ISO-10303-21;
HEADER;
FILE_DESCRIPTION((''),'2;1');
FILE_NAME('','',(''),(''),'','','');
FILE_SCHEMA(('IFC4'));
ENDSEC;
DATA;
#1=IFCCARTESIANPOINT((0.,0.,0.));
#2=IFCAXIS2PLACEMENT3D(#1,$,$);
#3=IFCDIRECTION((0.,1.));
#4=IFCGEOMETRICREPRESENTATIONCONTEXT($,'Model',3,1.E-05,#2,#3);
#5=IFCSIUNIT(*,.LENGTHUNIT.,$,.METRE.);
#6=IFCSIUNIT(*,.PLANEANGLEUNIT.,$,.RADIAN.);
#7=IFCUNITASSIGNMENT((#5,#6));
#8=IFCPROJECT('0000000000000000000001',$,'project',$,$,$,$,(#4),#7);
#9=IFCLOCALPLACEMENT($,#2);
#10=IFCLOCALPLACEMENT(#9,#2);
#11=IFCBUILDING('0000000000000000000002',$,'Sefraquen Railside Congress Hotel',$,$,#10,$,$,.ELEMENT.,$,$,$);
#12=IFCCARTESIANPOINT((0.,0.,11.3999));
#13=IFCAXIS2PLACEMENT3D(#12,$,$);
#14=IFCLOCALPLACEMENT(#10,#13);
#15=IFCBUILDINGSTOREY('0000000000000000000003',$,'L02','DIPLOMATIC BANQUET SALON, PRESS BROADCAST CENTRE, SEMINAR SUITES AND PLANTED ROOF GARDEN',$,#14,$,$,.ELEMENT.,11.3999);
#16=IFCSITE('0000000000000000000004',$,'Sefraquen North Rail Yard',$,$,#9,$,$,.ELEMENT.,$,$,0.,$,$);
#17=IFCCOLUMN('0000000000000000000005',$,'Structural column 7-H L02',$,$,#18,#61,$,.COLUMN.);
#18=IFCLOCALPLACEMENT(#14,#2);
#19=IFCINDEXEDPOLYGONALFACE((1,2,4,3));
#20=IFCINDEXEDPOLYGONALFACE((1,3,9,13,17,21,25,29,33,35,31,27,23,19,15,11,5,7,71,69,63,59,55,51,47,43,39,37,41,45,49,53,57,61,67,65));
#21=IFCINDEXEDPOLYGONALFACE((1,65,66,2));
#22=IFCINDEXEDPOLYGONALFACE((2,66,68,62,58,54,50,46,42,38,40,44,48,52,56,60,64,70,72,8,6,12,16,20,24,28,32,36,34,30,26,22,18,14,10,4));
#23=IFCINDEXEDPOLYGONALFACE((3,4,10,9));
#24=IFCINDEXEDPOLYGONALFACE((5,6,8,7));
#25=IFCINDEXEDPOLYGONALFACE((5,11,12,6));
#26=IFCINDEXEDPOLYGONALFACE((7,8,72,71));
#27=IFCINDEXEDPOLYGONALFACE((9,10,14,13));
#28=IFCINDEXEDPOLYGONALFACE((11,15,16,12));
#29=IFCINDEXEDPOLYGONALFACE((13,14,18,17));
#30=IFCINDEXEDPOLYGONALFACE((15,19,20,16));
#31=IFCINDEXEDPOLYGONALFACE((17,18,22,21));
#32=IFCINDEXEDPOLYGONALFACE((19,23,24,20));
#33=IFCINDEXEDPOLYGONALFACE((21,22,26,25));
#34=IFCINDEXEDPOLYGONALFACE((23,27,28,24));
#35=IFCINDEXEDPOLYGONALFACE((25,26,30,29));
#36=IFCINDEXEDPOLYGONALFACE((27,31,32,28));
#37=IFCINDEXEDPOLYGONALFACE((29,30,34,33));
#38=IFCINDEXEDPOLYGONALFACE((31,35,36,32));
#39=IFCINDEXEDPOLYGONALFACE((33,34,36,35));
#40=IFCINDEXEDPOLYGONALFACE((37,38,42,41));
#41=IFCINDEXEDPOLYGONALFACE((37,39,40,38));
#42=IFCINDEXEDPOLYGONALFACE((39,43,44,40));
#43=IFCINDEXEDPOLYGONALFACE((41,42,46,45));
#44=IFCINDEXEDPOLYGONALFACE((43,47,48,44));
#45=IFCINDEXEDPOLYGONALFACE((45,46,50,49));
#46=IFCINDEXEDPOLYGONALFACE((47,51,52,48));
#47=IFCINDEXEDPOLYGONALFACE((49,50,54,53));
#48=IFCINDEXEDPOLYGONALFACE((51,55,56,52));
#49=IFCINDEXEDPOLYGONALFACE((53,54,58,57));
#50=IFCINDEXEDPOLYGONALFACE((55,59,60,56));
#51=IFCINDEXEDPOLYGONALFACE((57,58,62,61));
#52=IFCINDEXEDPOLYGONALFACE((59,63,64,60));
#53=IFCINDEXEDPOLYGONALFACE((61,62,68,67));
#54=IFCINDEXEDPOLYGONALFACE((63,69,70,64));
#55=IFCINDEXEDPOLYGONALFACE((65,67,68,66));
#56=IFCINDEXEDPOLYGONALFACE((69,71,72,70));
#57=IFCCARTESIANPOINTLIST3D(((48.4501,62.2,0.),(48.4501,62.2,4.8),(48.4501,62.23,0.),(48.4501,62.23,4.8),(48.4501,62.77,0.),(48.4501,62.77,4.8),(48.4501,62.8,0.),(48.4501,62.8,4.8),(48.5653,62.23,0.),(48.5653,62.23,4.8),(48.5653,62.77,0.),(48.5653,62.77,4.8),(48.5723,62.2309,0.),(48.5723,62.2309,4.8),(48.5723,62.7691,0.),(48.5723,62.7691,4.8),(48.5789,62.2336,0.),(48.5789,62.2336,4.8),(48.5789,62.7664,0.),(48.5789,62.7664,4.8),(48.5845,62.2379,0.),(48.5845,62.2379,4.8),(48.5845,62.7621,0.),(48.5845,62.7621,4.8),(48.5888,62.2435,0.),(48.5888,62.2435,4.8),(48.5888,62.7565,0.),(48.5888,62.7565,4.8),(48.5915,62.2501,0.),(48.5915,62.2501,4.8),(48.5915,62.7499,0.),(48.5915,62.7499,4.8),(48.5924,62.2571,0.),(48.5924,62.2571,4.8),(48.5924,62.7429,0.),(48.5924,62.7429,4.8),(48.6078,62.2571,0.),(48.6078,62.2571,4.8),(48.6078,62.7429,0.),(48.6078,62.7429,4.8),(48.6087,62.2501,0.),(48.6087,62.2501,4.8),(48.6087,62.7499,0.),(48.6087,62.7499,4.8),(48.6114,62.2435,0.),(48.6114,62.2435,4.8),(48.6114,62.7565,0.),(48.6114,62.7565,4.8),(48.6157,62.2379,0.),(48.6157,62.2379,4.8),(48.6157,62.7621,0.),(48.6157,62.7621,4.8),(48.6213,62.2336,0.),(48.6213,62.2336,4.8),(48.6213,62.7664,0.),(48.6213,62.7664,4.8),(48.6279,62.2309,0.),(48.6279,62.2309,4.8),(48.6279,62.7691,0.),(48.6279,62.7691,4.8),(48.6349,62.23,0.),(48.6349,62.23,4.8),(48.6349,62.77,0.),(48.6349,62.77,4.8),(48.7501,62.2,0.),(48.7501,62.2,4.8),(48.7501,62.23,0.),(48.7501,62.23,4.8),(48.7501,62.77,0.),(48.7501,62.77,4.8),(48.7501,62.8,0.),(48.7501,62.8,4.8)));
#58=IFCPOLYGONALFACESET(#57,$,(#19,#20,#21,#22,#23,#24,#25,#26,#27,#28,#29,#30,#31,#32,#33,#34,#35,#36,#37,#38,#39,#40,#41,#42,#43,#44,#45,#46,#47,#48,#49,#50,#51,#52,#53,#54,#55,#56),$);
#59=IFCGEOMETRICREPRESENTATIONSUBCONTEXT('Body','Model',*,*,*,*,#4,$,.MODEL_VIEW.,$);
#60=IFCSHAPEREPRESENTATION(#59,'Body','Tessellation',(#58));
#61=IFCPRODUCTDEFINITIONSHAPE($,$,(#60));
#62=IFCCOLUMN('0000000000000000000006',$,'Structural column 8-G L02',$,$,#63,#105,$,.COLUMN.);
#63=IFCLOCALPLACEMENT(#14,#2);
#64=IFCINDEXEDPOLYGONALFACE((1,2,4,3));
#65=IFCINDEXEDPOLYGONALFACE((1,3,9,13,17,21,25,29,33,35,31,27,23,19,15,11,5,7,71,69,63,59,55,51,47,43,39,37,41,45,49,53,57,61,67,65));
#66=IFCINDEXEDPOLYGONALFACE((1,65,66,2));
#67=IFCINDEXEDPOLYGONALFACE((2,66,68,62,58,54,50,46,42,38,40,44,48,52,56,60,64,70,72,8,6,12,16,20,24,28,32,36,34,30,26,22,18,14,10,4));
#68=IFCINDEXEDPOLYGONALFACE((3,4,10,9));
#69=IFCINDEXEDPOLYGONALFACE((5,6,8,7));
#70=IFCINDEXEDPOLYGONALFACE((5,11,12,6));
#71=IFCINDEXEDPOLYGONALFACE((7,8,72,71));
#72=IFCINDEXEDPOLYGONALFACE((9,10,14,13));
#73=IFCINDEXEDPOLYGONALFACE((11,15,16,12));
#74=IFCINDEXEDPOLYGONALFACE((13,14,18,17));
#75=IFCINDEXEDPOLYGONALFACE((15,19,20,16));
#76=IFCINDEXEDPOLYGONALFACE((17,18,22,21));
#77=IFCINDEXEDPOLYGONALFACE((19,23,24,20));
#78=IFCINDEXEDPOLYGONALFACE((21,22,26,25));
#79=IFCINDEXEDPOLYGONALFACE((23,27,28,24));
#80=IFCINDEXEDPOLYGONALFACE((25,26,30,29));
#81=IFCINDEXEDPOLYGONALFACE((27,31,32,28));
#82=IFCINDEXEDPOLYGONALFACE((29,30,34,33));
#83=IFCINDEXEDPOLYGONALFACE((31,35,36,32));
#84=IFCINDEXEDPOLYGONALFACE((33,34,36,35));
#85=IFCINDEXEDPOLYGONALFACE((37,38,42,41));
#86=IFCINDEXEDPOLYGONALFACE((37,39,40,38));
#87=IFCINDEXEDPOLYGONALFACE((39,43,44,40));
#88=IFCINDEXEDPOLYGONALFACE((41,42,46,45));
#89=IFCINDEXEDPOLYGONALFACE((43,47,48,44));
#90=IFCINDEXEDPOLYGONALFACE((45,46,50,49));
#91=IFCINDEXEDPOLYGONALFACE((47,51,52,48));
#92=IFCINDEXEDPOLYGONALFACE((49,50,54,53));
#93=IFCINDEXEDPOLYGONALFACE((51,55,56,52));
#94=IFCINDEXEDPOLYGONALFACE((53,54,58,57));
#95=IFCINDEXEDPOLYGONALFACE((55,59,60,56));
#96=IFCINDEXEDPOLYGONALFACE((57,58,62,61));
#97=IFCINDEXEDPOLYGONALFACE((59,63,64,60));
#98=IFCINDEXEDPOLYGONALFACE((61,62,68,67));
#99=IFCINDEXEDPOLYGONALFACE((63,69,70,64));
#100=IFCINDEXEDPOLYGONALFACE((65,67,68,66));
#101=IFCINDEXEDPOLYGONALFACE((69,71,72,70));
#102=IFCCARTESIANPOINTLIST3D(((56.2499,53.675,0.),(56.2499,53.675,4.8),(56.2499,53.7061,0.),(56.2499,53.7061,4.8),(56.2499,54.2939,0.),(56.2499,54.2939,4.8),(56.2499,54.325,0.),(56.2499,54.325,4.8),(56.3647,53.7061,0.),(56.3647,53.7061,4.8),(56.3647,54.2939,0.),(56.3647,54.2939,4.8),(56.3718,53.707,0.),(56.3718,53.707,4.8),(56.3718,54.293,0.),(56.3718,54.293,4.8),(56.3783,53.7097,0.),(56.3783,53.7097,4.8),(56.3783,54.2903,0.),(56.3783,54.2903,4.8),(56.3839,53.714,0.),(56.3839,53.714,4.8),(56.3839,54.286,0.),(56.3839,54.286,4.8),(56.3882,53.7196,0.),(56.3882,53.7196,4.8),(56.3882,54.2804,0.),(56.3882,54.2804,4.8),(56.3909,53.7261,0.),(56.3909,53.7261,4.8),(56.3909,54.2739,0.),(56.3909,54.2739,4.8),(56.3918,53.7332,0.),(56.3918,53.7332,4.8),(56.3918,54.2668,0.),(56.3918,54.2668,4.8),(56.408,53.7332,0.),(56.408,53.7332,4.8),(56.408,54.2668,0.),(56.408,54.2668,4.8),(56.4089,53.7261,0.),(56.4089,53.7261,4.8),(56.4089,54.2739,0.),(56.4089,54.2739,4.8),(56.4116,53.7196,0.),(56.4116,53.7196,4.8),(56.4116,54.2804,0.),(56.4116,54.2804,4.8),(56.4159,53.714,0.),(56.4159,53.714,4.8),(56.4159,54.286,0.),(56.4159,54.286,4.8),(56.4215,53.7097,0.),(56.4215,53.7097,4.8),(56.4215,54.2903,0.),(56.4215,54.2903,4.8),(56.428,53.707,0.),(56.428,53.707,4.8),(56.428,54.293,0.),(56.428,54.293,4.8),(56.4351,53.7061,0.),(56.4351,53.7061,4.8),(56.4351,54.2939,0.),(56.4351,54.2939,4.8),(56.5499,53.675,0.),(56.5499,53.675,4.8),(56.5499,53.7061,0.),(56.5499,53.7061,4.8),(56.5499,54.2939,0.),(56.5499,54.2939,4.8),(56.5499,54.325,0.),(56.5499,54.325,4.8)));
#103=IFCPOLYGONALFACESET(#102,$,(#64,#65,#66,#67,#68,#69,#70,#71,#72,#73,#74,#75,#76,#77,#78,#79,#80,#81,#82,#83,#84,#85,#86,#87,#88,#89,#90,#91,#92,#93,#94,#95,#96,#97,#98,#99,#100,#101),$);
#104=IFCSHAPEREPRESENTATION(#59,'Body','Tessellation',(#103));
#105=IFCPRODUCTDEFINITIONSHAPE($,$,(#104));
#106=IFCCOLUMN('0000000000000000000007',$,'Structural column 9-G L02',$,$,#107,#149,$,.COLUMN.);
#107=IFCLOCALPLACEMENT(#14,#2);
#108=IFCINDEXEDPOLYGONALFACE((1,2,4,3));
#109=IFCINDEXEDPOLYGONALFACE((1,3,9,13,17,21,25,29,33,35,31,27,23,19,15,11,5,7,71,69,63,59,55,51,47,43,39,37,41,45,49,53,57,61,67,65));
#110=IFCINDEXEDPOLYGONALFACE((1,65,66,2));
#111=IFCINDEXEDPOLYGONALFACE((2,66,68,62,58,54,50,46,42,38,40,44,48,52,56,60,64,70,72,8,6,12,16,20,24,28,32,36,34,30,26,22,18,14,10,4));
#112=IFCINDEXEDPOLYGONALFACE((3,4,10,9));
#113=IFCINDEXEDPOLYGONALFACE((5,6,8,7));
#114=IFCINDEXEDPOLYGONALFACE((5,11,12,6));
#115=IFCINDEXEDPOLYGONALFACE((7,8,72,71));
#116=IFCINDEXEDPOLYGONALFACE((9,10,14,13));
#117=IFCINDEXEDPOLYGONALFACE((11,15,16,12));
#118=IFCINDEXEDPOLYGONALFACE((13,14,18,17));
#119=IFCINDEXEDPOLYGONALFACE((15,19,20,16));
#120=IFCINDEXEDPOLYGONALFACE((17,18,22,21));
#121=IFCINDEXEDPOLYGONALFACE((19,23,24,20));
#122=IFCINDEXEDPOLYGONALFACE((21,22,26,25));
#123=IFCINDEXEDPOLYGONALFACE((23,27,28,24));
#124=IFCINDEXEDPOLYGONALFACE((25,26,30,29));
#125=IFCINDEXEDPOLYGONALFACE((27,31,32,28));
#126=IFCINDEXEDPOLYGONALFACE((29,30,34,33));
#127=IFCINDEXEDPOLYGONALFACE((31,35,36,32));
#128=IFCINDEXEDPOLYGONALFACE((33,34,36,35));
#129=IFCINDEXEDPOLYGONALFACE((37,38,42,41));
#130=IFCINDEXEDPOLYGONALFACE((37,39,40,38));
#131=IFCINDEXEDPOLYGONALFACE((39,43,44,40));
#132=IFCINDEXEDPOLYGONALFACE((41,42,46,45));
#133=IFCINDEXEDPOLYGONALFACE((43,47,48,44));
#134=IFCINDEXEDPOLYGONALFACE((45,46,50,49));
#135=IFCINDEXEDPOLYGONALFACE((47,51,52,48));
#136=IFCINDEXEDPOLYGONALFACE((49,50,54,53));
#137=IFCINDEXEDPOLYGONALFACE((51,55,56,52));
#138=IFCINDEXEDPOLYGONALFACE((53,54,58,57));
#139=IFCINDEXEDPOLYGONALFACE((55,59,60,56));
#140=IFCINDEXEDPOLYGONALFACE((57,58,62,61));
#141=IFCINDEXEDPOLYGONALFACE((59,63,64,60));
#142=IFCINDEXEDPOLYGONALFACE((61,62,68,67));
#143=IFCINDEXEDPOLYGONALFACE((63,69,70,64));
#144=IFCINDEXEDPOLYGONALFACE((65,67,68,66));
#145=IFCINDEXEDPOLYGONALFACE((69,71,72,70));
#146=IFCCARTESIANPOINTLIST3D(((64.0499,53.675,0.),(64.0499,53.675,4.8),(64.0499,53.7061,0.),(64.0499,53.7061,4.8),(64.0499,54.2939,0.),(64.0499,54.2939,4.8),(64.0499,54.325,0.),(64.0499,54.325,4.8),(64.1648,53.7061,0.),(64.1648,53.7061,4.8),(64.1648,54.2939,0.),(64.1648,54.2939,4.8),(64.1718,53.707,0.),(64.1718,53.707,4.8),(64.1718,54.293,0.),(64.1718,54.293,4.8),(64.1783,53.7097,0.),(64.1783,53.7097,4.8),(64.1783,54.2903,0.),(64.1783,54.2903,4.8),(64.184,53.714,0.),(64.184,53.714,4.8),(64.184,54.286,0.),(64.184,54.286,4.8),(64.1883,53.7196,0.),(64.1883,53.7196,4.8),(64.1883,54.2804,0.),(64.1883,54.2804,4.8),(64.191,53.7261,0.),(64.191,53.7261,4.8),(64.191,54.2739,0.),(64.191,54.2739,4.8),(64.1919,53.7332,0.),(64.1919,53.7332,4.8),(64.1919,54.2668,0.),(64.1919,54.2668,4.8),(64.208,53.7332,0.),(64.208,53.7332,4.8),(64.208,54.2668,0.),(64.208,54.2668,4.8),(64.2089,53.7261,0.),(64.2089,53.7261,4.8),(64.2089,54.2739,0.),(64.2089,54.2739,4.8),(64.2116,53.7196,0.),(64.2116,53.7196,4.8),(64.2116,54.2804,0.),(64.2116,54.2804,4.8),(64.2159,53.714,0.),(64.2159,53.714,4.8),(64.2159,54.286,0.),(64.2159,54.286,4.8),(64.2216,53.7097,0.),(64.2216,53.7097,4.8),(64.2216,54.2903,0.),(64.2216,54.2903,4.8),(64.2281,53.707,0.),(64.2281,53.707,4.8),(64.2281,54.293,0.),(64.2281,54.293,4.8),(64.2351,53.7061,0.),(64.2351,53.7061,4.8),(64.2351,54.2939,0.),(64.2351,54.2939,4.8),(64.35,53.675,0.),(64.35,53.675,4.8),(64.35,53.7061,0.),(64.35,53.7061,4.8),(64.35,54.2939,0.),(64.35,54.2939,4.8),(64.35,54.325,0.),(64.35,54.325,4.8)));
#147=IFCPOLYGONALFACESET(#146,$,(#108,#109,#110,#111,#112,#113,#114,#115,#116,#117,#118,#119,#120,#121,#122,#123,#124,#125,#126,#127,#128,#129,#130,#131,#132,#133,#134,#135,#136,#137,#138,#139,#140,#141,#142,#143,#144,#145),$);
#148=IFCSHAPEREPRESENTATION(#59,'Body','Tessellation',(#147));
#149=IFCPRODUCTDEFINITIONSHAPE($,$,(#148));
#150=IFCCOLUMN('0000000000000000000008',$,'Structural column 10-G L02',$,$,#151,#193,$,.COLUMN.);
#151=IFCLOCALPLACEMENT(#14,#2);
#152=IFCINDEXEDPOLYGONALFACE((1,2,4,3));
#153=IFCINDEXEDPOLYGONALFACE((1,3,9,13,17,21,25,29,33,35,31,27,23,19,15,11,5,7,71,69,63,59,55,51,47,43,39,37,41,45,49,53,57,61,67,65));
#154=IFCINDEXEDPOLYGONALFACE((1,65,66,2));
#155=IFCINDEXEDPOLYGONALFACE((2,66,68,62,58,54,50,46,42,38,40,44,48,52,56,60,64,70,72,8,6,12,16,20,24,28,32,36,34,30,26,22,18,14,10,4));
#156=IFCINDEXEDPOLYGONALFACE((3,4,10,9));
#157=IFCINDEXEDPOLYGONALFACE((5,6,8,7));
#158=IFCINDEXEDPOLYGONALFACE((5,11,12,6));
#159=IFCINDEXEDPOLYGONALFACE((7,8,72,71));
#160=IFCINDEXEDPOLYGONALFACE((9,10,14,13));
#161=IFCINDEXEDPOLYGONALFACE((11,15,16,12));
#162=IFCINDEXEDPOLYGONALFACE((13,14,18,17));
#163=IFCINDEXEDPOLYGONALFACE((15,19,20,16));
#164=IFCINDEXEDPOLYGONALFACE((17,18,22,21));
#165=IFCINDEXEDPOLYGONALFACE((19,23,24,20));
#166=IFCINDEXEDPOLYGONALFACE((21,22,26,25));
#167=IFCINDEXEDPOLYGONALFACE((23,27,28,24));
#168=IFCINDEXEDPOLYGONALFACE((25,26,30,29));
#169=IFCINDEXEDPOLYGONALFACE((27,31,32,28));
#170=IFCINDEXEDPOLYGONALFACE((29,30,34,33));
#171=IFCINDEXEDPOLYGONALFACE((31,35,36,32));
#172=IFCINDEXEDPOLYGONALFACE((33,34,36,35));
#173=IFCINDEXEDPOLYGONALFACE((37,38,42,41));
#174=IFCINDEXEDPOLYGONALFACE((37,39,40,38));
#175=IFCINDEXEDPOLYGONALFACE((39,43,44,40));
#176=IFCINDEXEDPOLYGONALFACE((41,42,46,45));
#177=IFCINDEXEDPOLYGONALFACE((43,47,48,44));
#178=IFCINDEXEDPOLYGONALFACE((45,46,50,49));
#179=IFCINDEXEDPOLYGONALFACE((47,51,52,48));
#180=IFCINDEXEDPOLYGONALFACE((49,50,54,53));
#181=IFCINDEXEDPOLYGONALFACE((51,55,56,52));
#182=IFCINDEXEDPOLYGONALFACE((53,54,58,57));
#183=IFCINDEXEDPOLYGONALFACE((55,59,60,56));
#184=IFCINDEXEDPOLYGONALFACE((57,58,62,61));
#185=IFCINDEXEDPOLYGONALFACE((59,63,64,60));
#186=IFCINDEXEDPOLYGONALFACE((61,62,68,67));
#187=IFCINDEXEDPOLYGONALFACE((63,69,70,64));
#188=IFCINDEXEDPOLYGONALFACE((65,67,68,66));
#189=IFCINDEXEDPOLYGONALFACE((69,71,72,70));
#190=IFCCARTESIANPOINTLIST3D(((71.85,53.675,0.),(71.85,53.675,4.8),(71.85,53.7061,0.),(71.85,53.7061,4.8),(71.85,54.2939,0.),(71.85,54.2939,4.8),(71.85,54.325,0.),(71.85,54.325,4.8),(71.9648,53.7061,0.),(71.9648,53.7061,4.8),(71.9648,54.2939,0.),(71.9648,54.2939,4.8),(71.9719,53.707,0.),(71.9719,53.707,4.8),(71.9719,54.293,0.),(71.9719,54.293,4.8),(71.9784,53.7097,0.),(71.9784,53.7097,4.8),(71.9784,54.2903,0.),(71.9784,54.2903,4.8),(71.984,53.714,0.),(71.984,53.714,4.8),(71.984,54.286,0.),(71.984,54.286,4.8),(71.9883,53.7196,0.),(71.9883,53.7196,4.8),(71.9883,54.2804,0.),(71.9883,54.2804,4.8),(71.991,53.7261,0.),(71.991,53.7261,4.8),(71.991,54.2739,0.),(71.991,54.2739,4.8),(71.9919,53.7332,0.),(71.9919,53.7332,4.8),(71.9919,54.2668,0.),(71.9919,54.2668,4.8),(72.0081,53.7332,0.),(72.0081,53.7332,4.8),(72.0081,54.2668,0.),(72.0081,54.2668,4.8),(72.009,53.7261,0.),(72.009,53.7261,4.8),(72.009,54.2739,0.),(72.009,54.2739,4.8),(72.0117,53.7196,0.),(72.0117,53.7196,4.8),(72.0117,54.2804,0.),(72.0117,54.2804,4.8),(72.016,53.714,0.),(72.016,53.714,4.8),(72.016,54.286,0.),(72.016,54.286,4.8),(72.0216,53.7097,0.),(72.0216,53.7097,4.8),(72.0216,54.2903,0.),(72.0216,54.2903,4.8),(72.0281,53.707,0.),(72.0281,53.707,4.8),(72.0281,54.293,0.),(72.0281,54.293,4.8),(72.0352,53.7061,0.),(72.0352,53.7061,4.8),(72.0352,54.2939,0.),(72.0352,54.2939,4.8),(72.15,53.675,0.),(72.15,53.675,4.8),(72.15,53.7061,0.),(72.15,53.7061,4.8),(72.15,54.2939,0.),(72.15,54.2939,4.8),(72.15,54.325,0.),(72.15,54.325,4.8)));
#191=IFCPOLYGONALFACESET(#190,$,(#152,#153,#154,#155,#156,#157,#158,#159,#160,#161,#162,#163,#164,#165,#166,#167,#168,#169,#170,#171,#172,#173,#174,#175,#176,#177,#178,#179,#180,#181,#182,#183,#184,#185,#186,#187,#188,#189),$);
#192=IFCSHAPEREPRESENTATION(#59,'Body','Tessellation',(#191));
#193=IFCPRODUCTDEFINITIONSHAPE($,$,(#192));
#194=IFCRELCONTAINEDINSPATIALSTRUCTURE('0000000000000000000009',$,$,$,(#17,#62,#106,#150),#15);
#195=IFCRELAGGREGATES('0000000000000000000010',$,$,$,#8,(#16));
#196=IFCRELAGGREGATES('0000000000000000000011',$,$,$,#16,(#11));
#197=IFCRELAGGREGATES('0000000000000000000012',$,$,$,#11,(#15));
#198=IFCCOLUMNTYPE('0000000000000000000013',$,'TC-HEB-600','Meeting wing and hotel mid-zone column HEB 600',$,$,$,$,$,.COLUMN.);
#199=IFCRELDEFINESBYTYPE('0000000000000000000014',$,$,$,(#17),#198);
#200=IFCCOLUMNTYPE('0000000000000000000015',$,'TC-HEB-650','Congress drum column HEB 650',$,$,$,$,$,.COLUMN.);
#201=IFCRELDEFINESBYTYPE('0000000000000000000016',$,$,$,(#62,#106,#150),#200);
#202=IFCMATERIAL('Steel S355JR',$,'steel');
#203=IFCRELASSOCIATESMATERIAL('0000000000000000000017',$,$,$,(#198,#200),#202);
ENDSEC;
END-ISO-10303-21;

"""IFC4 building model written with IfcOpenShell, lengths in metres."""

from ifc_helpers import new_model, si_unit, direction, frame, origin, origin_2d, place, context, subcontext, project, spatial, i_section, extrude, material, material_profile, profile_set, type_object, element, save


model = new_model("IFC4")

# Units and contexts
model_context = context("Model", 3, precision=1e-05, world=origin(), true_north=direction((0.0, 1.0)))
body_context = subcontext(model_context, "Body", "Model", "MODEL_VIEW")
ifc_project = project(units=[si_unit("LENGTHUNIT", "METRE"), si_unit("PLANEANGLEUNIT", "RADIAN")], contexts=[model_context])

# Site, building, storey
site_placement = place(None, origin())
site = spatial("IfcSite", under=ifc_project, at=site_placement, Name="Sefraquen North Rail Yard", CompositionType="ELEMENT", RefElevation=0.0)
building_placement = place(site_placement, origin())
building = spatial("IfcBuilding", under=site, at=building_placement, Name="Sefraquen Railside Congress Hotel", CompositionType="ELEMENT")
storey_placement = place(building_placement, frame((0.0, 0.0, 11.3999)))
storey = spatial("IfcBuildingStorey", under=building, at=storey_placement, Name="L02", Description="DIPLOMATIC BANQUET SALON, PRESS BROADCAST CENTRE, SEMINAR SUITES AND PLANTED ROOF GARDEN", CompositionType="ELEMENT", Elevation=11.3999)

# Columns
ifc_material_1 = material(Name="Steel S355JR", Category="steel")
ifc_material_profile_1 = material_profile(ifc_material_1, i_section(OverallWidth=0.3, OverallDepth=0.6001, WebThickness=0.0154, FlangeThickness=0.03, FilletRadius=0.0271, at=origin_2d()), Name="HEB 600")
ifc_profile_set_1 = profile_set([ifc_material_profile_1], Name="Steel S355JR")
column_type_1 = type_object("IfcColumnType", Name="TC-HEB-600", Description="Meeting wing and hotel mid-zone column HEB 600", PredefinedType="COLUMN", material=ifc_profile_set_1)
column_1_placement = place(storey_placement, frame((48.6001, 62.5, 0.0), z_axis=(0.0, 0.0, 1.0), x_axis=(1.0, 0.0, 0.0)))
element("IfcColumn", 1, at=column_1_placement, inside=storey, type_object=column_type_1, Name="Structural column 7-H L02", PredefinedType="COLUMN", context=body_context, shape_type="SweptSolid", body=[
    extrude(i_section(OverallWidth=0.3, OverallDepth=0.6001, WebThickness=0.0154, FlangeThickness=0.03, FilletRadius=0.0271, at=origin_2d()), origin(), (0.0, 0.0, 1.0), 4.8),
])
ifc_material_profile_2 = material_profile(ifc_material_1, i_section(OverallWidth=0.3, OverallDepth=0.6499, WebThickness=0.0161, FlangeThickness=0.031, FilletRadius=0.0271, at=origin_2d()), Name="HEB 650")
ifc_profile_set_2 = profile_set([ifc_material_profile_2], Name="Steel S355JR")
column_type_2 = type_object("IfcColumnType", Name="TC-HEB-650", Description="Congress drum column HEB 650", PredefinedType="COLUMN", material=ifc_profile_set_2)
for number, where, z_axis, x_axis, name in (
    (2, (56.3999, 54.0, 0.0), (0.0, 0.0, 1.0), (1.0, 0.0, 0.0), "Structural column 8-G L02"),
    (3, (64.2, 54.0, 0.0), (0.0, 0.0, 1.0), (1.0, 0.0, 0.0), "Structural column 9-G L02"),
    (4, (72.0, 54.0, 0.0), (0.0, 0.0, 1.0), (1.0, 0.0, 0.0), "Structural column 10-G L02"),
):
    element("IfcColumn", number, at=place(storey_placement, frame(where, z_axis=z_axis, x_axis=x_axis)), inside=storey, type_object=column_type_2, Name=name, PredefinedType="COLUMN", context=body_context, shape_type="SweptSolid", body=[
        extrude(i_section(OverallWidth=0.3, OverallDepth=0.6499, WebThickness=0.0161, FlangeThickness=0.031, FilletRadius=0.0271, at=origin_2d()), origin(), (0.0, 0.0, 1.0), 4.8),
    ])

save(model, "model.ifc")
